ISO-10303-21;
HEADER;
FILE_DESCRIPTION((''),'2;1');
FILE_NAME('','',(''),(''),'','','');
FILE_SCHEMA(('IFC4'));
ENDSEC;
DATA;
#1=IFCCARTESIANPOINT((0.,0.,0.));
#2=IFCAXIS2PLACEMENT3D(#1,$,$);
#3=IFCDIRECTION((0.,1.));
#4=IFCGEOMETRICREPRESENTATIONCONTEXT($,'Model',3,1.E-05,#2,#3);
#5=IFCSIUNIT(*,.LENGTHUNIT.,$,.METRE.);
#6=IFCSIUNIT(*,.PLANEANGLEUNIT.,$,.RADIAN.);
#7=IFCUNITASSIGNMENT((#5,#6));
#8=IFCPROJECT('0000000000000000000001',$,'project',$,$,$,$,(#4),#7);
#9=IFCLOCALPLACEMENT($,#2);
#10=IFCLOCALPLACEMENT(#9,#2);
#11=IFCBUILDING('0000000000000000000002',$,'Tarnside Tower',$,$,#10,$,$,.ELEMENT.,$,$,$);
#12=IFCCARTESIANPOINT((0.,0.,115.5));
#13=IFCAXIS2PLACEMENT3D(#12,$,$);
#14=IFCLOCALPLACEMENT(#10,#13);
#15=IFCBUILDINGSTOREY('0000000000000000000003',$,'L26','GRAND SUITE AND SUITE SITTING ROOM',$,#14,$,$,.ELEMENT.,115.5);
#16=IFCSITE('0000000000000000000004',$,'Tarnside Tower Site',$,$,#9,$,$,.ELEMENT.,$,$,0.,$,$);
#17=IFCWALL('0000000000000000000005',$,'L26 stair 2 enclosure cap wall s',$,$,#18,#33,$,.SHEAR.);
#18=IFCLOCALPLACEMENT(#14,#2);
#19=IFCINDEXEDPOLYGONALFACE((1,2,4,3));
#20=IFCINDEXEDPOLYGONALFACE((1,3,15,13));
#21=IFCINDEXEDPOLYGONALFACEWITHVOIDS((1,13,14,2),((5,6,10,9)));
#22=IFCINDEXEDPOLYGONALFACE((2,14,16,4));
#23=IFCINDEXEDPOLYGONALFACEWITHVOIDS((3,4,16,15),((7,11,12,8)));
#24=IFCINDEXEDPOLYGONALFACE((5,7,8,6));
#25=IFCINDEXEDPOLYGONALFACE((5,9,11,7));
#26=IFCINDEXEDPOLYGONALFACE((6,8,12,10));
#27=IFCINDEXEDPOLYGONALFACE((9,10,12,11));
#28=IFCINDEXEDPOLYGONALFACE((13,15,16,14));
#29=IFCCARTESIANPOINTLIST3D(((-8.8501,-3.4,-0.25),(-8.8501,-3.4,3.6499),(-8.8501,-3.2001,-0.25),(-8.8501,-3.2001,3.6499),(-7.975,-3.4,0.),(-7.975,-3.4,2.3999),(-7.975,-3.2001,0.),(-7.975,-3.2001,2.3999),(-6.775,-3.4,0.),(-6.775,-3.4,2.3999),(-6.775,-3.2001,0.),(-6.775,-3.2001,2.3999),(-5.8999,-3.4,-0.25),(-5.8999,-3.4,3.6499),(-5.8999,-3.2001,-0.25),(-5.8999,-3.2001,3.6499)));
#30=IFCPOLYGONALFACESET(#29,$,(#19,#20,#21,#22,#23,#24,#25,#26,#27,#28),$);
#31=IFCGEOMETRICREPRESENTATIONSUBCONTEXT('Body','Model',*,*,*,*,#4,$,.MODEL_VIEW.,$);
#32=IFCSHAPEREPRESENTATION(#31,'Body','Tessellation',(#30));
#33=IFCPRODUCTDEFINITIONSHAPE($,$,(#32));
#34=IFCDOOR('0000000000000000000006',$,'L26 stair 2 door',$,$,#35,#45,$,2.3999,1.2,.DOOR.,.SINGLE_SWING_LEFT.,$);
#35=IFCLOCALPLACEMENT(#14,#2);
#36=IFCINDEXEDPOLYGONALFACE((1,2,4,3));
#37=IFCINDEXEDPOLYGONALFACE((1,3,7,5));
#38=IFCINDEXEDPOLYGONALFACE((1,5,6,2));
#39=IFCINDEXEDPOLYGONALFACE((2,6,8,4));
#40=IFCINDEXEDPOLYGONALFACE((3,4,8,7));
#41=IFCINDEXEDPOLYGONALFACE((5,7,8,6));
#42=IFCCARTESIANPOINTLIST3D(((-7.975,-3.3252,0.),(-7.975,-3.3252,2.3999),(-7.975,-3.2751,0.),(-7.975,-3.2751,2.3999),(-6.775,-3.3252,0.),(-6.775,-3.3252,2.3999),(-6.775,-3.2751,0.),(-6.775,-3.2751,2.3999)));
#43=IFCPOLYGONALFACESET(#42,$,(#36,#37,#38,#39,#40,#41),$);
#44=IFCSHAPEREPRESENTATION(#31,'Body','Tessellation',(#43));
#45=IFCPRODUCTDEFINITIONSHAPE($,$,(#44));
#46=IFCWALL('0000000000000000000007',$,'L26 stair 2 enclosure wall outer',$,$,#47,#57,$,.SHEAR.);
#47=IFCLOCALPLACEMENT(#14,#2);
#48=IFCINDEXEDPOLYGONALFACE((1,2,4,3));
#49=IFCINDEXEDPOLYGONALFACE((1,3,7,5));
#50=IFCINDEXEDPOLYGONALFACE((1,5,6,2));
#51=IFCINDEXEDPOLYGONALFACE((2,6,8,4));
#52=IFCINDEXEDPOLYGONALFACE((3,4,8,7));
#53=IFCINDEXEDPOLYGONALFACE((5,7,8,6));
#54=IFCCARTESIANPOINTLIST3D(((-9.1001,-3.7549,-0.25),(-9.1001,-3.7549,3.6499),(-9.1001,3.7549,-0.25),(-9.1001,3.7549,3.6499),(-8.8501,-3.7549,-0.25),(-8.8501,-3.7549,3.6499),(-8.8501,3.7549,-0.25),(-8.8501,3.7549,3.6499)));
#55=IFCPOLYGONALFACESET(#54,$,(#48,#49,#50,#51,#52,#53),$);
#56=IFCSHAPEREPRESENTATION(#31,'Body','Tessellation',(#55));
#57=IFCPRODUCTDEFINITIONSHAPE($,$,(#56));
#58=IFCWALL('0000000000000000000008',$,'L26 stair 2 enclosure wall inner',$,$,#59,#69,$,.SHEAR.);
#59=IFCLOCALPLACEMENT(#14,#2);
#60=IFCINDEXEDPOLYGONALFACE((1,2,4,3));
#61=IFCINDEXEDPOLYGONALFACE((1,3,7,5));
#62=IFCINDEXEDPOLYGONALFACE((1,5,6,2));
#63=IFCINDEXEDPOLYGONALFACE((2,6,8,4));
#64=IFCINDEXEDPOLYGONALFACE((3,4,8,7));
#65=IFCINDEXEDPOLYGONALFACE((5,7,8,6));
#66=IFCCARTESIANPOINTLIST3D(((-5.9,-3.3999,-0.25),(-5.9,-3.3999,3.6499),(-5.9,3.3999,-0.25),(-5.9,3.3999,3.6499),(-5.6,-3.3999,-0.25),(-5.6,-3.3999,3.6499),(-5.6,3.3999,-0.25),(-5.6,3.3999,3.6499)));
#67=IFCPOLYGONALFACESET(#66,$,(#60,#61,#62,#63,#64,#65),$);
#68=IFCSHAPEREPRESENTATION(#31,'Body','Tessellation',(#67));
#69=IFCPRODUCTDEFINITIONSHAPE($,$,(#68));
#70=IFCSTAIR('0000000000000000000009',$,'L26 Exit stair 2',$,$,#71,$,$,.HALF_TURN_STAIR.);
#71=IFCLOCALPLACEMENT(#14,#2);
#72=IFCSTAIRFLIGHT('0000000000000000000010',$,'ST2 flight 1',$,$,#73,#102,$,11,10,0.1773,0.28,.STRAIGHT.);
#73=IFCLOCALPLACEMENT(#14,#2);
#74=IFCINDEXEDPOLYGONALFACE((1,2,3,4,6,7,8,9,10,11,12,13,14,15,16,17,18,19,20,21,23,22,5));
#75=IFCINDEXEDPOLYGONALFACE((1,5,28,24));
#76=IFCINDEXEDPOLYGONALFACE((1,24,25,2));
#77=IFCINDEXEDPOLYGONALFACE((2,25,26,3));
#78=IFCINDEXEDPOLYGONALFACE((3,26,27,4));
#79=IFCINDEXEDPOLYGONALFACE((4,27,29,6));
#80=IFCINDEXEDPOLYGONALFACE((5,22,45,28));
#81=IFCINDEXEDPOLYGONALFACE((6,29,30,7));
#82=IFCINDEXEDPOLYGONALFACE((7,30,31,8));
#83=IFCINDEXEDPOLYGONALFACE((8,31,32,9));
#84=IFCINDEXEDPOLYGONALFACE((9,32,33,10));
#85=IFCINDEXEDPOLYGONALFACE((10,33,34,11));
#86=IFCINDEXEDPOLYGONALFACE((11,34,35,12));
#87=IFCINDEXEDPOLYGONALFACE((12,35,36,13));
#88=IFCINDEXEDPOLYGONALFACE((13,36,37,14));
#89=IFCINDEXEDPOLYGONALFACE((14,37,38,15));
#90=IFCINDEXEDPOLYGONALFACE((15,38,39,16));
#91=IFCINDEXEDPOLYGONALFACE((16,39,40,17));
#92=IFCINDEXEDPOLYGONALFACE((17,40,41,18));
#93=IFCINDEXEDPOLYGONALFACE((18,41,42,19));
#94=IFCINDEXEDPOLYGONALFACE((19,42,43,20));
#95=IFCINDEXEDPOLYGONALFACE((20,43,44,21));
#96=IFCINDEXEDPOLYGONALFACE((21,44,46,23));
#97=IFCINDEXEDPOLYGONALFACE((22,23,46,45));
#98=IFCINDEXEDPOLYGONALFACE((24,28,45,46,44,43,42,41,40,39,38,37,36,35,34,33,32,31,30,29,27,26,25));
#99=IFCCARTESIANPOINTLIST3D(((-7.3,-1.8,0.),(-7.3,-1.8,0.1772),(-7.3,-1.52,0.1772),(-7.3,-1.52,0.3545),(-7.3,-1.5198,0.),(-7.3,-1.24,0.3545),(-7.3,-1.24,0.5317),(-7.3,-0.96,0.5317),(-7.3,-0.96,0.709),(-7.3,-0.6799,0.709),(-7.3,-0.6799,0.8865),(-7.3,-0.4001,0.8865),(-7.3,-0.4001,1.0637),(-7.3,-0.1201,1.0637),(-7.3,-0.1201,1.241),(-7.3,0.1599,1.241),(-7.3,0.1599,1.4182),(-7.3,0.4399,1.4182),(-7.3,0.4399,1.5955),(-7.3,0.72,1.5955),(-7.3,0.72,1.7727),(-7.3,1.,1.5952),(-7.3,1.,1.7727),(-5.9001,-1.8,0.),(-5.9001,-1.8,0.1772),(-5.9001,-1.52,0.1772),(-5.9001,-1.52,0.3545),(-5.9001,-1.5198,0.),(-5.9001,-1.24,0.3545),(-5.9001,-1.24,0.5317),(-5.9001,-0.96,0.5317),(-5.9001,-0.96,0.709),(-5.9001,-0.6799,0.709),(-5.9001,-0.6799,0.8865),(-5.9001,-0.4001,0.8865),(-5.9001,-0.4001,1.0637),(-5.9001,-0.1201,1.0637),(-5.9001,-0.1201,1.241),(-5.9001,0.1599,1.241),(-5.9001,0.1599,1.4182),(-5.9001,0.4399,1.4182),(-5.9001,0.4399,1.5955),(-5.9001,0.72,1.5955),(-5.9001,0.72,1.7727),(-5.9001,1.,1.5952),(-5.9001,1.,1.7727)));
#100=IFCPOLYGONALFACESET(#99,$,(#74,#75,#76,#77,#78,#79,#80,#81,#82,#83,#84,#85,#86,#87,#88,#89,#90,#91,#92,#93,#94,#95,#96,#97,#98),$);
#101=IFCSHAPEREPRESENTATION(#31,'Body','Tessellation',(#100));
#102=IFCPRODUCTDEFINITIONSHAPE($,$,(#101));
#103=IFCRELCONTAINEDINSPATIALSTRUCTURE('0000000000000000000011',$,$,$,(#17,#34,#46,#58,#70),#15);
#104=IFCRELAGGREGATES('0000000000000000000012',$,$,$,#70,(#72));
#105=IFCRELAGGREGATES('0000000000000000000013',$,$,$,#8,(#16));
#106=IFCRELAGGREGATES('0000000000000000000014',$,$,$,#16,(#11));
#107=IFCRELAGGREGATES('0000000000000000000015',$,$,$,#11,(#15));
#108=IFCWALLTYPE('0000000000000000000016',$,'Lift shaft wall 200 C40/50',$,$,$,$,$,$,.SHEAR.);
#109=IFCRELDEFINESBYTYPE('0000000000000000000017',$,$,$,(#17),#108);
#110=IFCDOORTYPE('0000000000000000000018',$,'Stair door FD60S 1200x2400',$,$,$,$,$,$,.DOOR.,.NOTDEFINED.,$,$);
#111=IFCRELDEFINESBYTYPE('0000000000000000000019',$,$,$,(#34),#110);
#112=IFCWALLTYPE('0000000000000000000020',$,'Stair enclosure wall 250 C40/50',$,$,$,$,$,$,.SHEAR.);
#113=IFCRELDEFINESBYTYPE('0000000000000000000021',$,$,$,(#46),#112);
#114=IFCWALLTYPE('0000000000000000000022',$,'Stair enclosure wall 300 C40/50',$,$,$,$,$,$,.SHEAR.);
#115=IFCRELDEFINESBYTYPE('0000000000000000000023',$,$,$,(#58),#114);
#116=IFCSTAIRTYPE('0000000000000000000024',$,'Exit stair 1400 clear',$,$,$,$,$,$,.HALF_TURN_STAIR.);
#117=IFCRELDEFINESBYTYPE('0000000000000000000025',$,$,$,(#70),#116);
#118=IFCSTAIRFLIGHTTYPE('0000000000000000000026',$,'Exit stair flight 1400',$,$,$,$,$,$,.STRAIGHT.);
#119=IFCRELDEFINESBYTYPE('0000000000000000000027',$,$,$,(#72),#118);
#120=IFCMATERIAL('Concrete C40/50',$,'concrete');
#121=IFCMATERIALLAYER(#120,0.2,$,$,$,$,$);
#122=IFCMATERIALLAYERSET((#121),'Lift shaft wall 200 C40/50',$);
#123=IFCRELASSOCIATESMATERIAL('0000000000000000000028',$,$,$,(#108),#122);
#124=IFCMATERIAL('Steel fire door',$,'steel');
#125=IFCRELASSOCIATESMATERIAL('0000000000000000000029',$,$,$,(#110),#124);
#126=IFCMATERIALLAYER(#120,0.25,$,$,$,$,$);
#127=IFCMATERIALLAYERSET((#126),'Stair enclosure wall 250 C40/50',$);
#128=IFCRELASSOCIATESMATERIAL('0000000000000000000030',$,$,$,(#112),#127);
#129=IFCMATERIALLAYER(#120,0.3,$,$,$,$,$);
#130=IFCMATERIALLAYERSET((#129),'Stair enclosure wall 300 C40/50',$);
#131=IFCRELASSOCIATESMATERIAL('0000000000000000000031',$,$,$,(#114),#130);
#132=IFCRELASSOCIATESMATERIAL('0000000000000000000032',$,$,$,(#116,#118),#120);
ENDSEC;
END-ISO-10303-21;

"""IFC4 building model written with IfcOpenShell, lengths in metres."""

from ifc_helpers import new_model, si_unit, direction, frame, frame_2d, origin, place, context, subcontext, project, spatial, polyline, rectangle, outline, extrude, material, layer, layer_set, type_object, element, fill, aggregate, save


model = new_model("IFC4")

# Units and contexts
model_context = context("Model", 3, precision=1e-05, world=origin(), true_north=direction((0.0, 1.0)))
body_context = subcontext(model_context, "Body", "Model", "MODEL_VIEW")
ifc_project = project(units=[si_unit("LENGTHUNIT", "METRE"), si_unit("PLANEANGLEUNIT", "RADIAN")], contexts=[model_context])

# Site, building, storey
site_placement = place(None, origin())
site = spatial("IfcSite", under=ifc_project, at=site_placement, Name="Tarnside Tower Site", CompositionType="ELEMENT", RefElevation=0.0)
building_placement = place(site_placement, origin())
building = spatial("IfcBuilding", under=site, at=building_placement, Name="Tarnside Tower", CompositionType="ELEMENT")
storey_placement = place(building_placement, frame((0.0, 0.0, 115.5)))
storey = spatial("IfcBuildingStorey", under=building, at=storey_placement, Name="L26", Description="GRAND SUITE AND SUITE SITTING ROOM", CompositionType="ELEMENT", Elevation=115.5)

# Shared definitions
ifc_material_1 = material(Name="Steel fire door", Category="steel")

# Shared definitions
ifc_material_2 = material(Name="Concrete C40/50", Category="concrete")

# Shared definitions
ifc_layer_1 = layer(ifc_material_2, 0.2)
ifc_layer_set_1 = layer_set([ifc_layer_1], Name="Lift shaft wall 200 C40/50")
wall_type_1 = type_object("IfcWallType", Name="Lift shaft wall 200 C40/50", PredefinedType="SHEAR", material=ifc_layer_set_1)

# Wall, opening, door
wall_1_placement = place(storey_placement, frame((-8.8501, -3.3, -0.25), z_axis=(0.0, 0.0, 1.0), x_axis=(1.0, 0.0, 0.0)))
wall_1 = element("IfcWall", 1, at=wall_1_placement, inside=storey, type_object=wall_type_1, Name="L26 stair 2 enclosure cap wall s", PredefinedType="SHEAR", context=body_context, shape_type="SweptSolid", body=[
    extrude(rectangle(XDim=2.9502, YDim=0.2, at=frame_2d((1.4751, 0.0))), origin(), (0.0, 0.0, 1.0), 3.8999),
])
opening_1_placement = place(wall_1_placement, frame((0.875, 0.0, 0.25)))
opening_1 = element("IfcOpeningElement", 2, at=opening_1_placement, cuts=wall_1, PredefinedType="OPENING", context=body_context, shape_type="SweptSolid", body=[
    extrude(rectangle(XDim=1.2, YDim=2.3999, at=frame_2d((0.6001, 1.2))), frame((0.0, 0.1099, 0.0), z_axis=(0.0, -1.0, 0.0), x_axis=(1.0, 0.0, 0.0)), (0.0, 0.0, 1.0), 0.22),
])
door_type_1 = type_object("IfcDoorType", Name="Stair door FD60S 1200x2400", OperationType="NOTDEFINED", PredefinedType="DOOR", material=ifc_material_1)
door_1_placement = place(opening_1_placement, origin())
door_1 = element("IfcDoor", 3, at=door_1_placement, inside=storey, type_object=door_type_1, Name="L26 stair 2 door", OperationType="SINGLE_SWING_LEFT", OverallHeight=2.3999, OverallWidth=1.2, PredefinedType="DOOR", context=body_context, shape_type="SweptSolid", body=[
    extrude(rectangle(XDim=1.2, YDim=2.3999, at=frame_2d((0.6001, 1.2))), frame((0.0, 0.0249, 0.0), z_axis=(0.0, -1.0, 0.0), x_axis=(1.0, 0.0, 0.0)), (0.0, 0.0, 1.0), 0.05),
])
fill(opening_1, door_1)

# Walls
ifc_layer_2 = layer(ifc_material_2, 0.25)
ifc_layer_set_2 = layer_set([ifc_layer_2], Name="Stair enclosure wall 250 C40/50")
wall_type_2 = type_object("IfcWallType", Name="Stair enclosure wall 250 C40/50", PredefinedType="SHEAR", material=ifc_layer_set_2)
wall_2_placement = place(storey_placement, frame((-8.9751, -3.7549, -0.25), z_axis=(0.0, 0.0, 1.0), x_axis=(0.0, 1.0, 0.0)))
element("IfcWall", 4, at=wall_2_placement, inside=storey, type_object=wall_type_2, Name="L26 stair 2 enclosure wall outer", PredefinedType="SHEAR", context=body_context, shape_type="SweptSolid", body=[
    extrude(rectangle(XDim=7.5098, YDim=0.25, at=frame_2d((3.7549, 0.0))), origin(), (0.0, 0.0, 1.0), 3.8999),
])
ifc_layer_3 = layer(ifc_material_2, 0.3)
ifc_layer_set_3 = layer_set([ifc_layer_3], Name="Stair enclosure wall 300 C40/50")
wall_type_3 = type_object("IfcWallType", Name="Stair enclosure wall 300 C40/50", PredefinedType="SHEAR", material=ifc_layer_set_3)
wall_3_placement = place(storey_placement, frame((-5.75, -3.3999, -0.25), z_axis=(0.0, 0.0, 1.0), x_axis=(0.0, 1.0, 0.0)))
element("IfcWall", 5, at=wall_3_placement, inside=storey, type_object=wall_type_3, Name="L26 stair 2 enclosure wall inner", PredefinedType="SHEAR", context=body_context, shape_type="SweptSolid", body=[
    extrude(rectangle(XDim=6.7998, YDim=0.3, at=frame_2d((3.3999, 0.0))), origin(), (0.0, 0.0, 1.0), 3.8999),
])

# Stair, stair flight
stair_type = type_object("IfcStairType", Name="Exit stair 1400 clear", PredefinedType="HALF_TURN_STAIR", material=ifc_material_2)
stair_placement = place(storey_placement, origin())
stair = element("IfcStair", 6, at=stair_placement, inside=storey, type_object=stair_type, Name="L26 Exit stair 2", PredefinedType="HALF_TURN_STAIR")
stair_flight_type = type_object("IfcStairFlightType", Name="Exit stair flight 1400", PredefinedType="STRAIGHT", material=ifc_material_2)
stair_flight_placement = place(storey_placement, frame((-6.6001, -1.8, 0.0), z_axis=(0.0, 0.0, 1.0), x_axis=(0.0, 1.0, 0.0)))
stair_flight = element("IfcStairFlight", 7, at=stair_flight_placement, type_object=stair_flight_type, Name="ST2 flight 1", NumberOfRisers=11, NumberOfTreads=10, PredefinedType="STRAIGHT", RiserHeight=0.1773, TreadLength=0.28, context=body_context, shape_type="SweptSolid", body=[
    extrude(outline(polyline([(0.0, 0.0), (0.0, 0.1772), (0.28, 0.1772), (0.28, 0.3545), (0.5601, 0.3545), (0.5601, 0.5317), (0.8401, 0.5317), (0.8401, 0.709), (1.1201, 0.709), (1.1201, 0.8865), (1.3999, 0.8865), (1.3999, 1.0637), (1.6799, 1.0637), (1.6799, 1.241), (1.96, 1.241), (1.96, 1.4182), (2.24, 1.4182), (2.24, 1.5955), (2.52, 1.5955), (2.52, 1.7727), (2.8, 1.7727), (2.8, 1.95), (2.8, 1.5952), (0.2803, 0.0), (0.0, 0.0)])), frame((0.0, 0.7, 0.0), z_axis=(0.0, -1.0, 0.0), x_axis=(1.0, 0.0, 0.0)), (0.0, 0.0, 1.0), 1.3999),
])
aggregate(stair, [stair_flight])

save(model, "model.ifc")
